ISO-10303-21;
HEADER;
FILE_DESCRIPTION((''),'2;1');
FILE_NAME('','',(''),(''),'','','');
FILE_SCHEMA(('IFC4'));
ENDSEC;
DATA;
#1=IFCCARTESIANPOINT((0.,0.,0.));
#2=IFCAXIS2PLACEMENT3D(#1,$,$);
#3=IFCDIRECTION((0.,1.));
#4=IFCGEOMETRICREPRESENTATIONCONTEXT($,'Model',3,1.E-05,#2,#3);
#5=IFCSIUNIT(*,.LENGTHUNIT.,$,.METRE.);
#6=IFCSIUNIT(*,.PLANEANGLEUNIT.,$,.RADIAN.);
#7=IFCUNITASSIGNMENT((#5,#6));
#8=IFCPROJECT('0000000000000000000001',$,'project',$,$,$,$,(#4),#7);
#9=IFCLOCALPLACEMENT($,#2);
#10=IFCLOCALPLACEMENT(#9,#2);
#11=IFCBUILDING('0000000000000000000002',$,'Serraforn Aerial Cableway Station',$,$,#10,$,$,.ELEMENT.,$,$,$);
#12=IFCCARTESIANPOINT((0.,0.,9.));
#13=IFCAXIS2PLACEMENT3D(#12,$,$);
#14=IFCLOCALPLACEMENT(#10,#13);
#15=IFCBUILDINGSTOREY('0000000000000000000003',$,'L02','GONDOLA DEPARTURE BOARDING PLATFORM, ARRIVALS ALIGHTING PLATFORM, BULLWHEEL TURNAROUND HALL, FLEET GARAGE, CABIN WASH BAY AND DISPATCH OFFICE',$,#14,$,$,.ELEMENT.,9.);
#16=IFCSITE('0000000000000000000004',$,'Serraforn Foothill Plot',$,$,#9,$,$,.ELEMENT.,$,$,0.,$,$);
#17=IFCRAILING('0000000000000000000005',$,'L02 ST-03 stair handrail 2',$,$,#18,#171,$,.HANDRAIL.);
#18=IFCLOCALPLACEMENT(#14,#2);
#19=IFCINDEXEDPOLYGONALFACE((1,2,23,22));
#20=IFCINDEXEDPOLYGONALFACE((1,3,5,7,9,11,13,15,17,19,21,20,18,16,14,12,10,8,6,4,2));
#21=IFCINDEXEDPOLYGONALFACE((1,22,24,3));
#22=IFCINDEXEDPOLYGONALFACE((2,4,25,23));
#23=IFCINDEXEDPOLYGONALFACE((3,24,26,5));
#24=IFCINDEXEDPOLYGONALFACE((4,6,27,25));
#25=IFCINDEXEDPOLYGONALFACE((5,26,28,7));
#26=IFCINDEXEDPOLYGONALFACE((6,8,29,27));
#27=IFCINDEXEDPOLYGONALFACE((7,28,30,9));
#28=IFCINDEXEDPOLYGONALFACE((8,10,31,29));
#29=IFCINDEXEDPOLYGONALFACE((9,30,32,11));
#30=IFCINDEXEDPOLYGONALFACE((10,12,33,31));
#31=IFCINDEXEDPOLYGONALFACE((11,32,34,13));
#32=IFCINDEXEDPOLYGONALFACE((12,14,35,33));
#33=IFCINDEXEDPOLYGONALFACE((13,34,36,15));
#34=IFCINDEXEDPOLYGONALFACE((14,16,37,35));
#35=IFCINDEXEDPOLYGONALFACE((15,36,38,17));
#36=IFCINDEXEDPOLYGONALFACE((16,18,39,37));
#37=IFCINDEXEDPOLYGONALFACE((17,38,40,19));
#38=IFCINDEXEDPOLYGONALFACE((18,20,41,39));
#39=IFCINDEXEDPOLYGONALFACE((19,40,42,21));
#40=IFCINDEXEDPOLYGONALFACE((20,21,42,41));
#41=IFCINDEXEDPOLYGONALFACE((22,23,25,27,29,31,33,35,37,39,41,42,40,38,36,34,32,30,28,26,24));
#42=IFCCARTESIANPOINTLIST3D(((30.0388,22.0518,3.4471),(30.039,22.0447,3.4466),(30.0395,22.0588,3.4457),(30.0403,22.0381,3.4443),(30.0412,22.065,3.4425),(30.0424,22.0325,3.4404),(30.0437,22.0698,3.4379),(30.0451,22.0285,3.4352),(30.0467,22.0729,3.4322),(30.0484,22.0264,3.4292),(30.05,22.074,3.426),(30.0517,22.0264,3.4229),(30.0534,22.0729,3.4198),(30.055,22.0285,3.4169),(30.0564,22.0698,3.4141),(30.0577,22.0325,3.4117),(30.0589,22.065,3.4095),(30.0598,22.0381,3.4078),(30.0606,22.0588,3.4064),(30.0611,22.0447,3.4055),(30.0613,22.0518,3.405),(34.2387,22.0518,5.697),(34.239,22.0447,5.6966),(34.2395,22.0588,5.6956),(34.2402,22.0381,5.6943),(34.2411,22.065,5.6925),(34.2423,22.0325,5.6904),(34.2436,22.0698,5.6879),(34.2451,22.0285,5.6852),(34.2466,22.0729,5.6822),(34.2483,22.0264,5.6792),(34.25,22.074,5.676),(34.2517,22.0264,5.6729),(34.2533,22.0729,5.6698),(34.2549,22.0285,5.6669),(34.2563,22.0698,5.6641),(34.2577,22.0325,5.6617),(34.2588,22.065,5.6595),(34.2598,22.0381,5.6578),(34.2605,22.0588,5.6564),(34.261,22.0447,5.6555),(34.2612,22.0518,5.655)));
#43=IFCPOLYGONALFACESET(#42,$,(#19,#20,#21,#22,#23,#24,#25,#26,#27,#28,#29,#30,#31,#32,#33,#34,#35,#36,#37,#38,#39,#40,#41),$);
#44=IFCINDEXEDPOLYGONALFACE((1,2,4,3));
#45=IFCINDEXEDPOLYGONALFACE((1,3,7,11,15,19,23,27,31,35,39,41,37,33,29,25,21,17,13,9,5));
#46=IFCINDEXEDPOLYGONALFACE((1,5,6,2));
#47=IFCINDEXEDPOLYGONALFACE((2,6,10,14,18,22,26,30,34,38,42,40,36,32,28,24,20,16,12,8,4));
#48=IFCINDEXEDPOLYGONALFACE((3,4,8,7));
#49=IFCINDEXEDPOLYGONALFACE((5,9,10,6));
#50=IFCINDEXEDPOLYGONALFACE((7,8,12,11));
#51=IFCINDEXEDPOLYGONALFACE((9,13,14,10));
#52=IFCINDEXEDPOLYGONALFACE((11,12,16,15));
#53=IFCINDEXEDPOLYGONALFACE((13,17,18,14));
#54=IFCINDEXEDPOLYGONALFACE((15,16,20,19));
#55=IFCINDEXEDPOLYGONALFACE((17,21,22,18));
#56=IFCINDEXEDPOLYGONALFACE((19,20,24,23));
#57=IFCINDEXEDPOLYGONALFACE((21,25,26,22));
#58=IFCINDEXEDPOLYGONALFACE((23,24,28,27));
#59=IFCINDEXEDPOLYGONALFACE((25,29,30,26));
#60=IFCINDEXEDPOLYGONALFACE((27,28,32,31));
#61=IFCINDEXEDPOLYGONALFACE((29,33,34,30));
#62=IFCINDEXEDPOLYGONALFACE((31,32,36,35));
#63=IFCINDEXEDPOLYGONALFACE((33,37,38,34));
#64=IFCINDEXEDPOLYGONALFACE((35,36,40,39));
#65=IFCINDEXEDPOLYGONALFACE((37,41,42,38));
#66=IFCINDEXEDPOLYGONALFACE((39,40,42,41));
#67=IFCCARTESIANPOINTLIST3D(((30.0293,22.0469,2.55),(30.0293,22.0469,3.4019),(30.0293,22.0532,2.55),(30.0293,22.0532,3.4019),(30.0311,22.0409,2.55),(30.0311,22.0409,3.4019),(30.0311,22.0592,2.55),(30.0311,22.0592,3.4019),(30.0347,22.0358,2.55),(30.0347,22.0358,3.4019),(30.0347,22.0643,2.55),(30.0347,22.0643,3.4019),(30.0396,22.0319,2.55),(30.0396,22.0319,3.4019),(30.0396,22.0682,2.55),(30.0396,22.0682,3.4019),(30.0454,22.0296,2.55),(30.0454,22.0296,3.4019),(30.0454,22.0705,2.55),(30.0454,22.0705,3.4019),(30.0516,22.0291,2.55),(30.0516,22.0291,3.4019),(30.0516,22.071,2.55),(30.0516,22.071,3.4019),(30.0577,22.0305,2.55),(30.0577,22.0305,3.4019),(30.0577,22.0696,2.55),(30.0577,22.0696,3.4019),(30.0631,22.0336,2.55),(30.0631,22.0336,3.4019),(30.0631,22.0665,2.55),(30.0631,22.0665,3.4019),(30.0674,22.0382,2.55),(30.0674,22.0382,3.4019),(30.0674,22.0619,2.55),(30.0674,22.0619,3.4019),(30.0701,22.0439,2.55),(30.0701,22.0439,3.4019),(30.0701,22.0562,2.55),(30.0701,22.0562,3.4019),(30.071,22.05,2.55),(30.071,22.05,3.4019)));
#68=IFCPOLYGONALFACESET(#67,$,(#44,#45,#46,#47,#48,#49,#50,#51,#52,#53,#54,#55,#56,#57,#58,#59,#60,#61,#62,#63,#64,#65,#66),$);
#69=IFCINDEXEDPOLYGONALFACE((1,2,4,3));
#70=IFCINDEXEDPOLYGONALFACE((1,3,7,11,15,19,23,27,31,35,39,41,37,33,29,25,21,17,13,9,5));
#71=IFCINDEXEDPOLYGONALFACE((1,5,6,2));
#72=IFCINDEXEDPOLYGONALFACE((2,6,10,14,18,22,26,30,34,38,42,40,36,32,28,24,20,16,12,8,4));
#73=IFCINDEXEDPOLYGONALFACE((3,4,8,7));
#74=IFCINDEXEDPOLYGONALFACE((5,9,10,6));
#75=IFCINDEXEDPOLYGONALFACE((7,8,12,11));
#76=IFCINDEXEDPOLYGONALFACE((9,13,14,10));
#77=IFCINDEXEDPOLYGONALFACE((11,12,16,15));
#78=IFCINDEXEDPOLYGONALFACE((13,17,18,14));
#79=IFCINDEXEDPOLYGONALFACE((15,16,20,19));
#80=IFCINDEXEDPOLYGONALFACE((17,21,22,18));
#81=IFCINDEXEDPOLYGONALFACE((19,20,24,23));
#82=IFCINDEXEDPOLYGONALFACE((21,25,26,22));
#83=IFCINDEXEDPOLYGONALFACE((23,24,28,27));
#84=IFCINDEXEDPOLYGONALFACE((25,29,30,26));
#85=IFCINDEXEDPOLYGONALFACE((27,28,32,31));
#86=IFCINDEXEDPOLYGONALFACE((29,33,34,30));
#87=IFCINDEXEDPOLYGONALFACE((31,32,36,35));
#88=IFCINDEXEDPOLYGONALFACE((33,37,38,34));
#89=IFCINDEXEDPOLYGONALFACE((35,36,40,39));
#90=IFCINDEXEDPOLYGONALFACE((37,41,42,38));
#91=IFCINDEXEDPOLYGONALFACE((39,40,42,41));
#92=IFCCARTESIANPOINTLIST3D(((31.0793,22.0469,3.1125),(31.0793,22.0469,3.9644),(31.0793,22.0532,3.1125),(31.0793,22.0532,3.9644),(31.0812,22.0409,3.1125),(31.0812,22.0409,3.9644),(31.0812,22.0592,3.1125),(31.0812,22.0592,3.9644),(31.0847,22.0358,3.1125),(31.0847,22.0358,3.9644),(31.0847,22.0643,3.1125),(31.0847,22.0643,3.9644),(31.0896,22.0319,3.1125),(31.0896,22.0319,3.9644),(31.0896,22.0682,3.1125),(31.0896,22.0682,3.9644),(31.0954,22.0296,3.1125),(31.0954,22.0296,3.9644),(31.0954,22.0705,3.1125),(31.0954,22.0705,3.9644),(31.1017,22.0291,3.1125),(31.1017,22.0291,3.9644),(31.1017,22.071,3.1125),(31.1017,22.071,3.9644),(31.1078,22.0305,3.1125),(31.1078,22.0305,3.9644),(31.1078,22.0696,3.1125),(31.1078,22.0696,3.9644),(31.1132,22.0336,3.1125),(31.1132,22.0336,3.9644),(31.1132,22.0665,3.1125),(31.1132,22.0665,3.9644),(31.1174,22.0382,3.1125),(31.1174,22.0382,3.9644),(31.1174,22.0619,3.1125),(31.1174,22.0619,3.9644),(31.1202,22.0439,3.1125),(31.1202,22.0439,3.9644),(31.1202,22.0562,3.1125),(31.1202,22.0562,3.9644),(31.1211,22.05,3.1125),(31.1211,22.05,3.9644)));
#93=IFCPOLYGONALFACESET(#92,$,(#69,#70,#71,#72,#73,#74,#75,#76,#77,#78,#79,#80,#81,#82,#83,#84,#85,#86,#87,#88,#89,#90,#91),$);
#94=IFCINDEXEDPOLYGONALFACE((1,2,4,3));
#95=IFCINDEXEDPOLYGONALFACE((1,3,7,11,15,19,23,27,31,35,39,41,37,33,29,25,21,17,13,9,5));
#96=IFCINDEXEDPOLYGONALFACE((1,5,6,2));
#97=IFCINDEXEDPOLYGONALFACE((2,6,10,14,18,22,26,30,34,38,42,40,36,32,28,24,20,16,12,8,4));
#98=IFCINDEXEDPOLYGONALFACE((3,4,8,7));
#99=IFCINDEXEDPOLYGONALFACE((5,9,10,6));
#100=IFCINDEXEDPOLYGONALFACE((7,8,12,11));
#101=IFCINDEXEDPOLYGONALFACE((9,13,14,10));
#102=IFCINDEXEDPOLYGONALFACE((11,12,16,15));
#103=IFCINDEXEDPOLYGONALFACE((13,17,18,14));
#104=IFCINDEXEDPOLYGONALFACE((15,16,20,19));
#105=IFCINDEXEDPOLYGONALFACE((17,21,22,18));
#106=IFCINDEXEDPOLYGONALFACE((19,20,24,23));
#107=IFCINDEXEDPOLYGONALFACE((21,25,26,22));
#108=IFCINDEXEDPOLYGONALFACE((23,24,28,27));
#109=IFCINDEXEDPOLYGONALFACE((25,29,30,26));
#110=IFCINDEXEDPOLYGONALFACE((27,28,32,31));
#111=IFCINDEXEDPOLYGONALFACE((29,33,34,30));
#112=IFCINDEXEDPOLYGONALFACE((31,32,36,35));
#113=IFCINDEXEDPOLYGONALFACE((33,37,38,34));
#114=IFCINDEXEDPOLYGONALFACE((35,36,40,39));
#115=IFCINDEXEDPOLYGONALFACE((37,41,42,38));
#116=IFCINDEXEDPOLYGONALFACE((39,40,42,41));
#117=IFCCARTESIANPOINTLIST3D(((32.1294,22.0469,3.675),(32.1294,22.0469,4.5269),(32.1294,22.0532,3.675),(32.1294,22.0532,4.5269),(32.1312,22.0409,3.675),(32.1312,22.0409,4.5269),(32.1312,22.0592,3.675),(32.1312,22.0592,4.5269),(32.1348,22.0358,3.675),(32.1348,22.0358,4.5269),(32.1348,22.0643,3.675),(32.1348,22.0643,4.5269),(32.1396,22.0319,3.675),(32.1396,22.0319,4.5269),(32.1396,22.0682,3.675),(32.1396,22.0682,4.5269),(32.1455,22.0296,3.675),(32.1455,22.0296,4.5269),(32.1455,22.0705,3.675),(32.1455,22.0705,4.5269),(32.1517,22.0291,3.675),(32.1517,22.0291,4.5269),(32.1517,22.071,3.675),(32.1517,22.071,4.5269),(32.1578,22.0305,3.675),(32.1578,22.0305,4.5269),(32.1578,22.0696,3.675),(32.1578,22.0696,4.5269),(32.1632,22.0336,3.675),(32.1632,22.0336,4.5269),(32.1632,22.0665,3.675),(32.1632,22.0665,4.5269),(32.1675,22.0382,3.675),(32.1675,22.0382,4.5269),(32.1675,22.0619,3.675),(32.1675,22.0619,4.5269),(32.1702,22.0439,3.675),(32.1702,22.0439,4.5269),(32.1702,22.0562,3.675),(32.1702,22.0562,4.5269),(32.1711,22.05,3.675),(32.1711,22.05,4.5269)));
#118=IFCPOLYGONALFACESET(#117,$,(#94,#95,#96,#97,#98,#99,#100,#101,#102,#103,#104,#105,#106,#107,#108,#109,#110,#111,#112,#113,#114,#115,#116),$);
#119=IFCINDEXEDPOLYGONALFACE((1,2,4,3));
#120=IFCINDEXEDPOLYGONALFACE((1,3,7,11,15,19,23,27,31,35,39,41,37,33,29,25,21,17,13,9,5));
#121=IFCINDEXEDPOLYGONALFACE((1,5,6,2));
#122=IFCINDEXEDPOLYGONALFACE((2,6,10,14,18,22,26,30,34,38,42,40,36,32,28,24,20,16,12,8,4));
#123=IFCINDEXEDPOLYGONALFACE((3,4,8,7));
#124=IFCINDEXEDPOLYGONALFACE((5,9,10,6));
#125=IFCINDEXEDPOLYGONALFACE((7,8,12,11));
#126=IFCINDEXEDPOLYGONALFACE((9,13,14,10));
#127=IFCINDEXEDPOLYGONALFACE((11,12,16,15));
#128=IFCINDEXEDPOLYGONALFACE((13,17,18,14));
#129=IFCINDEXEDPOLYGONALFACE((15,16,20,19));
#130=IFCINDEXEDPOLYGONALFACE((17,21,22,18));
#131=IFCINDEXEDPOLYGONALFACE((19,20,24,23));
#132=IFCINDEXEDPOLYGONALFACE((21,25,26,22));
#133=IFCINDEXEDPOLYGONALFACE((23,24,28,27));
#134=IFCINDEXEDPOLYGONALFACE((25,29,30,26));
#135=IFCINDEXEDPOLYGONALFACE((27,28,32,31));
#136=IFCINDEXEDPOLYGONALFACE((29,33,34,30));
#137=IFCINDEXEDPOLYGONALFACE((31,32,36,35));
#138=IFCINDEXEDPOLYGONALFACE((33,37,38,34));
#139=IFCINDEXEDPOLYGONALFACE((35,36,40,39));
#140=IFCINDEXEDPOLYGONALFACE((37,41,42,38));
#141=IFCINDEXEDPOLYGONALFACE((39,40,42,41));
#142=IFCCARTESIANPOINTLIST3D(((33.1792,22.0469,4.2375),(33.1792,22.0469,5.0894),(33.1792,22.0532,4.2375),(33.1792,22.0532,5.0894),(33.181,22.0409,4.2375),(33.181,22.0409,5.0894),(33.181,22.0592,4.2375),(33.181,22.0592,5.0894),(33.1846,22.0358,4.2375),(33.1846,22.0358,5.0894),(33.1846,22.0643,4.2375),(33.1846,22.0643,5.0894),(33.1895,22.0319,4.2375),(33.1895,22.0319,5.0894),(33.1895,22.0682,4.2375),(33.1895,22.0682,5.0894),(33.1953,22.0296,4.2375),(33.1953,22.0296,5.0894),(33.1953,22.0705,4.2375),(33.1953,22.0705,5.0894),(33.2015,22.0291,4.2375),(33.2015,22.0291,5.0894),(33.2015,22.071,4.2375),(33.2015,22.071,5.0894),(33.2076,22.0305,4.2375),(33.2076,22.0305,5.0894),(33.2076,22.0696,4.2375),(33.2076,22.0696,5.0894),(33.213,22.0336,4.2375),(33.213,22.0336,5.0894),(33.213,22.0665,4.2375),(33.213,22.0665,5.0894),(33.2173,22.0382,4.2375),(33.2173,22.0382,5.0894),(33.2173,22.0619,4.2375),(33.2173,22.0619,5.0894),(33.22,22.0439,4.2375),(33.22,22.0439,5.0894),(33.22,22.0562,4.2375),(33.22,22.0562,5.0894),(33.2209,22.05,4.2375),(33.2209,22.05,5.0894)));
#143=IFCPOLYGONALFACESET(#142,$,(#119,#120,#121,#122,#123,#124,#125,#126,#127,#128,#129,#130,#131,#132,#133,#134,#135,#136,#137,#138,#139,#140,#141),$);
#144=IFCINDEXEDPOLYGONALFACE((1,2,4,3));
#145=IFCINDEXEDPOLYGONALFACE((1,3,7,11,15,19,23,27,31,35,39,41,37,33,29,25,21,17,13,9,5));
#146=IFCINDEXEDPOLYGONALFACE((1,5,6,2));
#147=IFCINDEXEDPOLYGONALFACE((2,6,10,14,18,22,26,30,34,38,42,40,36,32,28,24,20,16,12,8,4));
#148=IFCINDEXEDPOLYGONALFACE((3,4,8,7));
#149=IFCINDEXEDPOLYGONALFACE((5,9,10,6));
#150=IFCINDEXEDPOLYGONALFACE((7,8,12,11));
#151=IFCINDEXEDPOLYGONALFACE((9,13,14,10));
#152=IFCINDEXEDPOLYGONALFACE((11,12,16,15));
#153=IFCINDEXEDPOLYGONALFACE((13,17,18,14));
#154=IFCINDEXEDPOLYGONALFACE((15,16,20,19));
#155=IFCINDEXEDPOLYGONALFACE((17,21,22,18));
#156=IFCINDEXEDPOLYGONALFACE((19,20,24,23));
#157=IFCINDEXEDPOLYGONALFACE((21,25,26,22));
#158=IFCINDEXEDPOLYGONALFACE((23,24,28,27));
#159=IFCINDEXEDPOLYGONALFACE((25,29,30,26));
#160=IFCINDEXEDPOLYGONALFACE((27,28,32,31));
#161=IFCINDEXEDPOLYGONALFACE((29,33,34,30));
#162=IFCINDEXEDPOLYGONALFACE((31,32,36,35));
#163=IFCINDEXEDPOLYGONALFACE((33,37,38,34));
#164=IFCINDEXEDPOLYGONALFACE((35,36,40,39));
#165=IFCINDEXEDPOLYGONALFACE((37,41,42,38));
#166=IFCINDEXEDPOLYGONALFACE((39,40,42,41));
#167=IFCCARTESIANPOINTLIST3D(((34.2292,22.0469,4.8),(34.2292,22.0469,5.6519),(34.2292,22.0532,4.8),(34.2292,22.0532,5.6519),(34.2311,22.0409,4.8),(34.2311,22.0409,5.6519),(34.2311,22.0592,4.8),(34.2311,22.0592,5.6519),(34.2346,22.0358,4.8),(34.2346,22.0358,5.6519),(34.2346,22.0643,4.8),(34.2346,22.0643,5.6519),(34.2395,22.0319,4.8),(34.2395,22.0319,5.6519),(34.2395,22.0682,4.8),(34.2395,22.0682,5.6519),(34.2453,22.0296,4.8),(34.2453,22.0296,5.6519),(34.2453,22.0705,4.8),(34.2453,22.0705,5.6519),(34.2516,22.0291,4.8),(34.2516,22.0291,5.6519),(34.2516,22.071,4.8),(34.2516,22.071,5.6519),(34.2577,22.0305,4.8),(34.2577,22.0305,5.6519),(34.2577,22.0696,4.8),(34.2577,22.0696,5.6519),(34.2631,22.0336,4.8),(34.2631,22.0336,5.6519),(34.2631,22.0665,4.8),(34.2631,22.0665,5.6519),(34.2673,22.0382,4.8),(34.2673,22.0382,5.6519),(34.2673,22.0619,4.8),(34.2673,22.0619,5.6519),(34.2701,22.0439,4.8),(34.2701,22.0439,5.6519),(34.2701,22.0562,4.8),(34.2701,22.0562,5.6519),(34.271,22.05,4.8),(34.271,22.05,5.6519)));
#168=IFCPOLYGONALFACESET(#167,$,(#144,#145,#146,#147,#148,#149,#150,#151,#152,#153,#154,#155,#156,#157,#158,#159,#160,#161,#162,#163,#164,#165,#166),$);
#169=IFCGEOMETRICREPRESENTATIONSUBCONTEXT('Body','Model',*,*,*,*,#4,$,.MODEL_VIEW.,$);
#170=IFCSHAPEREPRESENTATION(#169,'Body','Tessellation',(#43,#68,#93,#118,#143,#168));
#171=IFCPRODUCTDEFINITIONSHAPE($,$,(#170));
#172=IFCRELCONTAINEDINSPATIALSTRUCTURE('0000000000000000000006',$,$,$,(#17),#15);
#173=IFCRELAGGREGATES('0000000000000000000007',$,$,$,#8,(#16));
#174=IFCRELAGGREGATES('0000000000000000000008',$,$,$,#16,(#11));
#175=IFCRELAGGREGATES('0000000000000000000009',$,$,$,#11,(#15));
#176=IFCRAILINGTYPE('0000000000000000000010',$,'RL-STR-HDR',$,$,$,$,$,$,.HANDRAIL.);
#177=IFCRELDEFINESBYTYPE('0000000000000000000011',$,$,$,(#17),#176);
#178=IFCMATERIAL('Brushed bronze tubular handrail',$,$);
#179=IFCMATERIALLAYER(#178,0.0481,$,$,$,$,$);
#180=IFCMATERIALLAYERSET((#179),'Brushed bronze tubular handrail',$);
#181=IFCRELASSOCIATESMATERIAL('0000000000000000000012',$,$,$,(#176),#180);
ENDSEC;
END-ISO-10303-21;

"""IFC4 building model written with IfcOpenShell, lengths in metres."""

from ifc_helpers import new_model, si_unit, direction, frame, origin, origin_2d, place, context, subcontext, project, spatial, circle, extrude, material, layer, layer_set, type_object, element, save


model = new_model("IFC4")

# Units and contexts
model_context = context("Model", 3, precision=1e-05, world=origin(), true_north=direction((0.0, 1.0)))
body_context = subcontext(model_context, "Body", "Model", "MODEL_VIEW")
ifc_project = project(units=[si_unit("LENGTHUNIT", "METRE"), si_unit("PLANEANGLEUNIT", "RADIAN")], contexts=[model_context])

# Site, building, storey
site_placement = place(None, origin())
site = spatial("IfcSite", under=ifc_project, at=site_placement, Name="Serraforn Foothill Plot", CompositionType="ELEMENT", RefElevation=0.0)
building_placement = place(site_placement, origin())
building = spatial("IfcBuilding", under=site, at=building_placement, Name="Serraforn Aerial Cableway Station", CompositionType="ELEMENT")
storey_placement = place(building_placement, frame((0.0, 0.0, 9.0)))
storey = spatial("IfcBuildingStorey", under=building, at=storey_placement, Name="L02", Description="GONDOLA DEPARTURE BOARDING PLATFORM, ARRIVALS ALIGHTING PLATFORM, BULLWHEEL TURNAROUND HALL, FLEET GARAGE, CABIN WASH BAY AND DISPATCH OFFICE", CompositionType="ELEMENT", Elevation=9.0)

# Railing
ifc_material_1 = material(Name="Brushed bronze tubular handrail")
ifc_layer_1 = layer(ifc_material_1, 0.0481)
ifc_layer_set_1 = layer_set([ifc_layer_1], Name="Brushed bronze tubular handrail")
railing_type_1 = type_object("IfcRailingType", Name="RL-STR-HDR", PredefinedType="HANDRAIL", material=ifc_layer_set_1)
railing_1_placement = place(storey_placement, frame((30.05, 22.05, 2.55)))
element("IfcRailing", 1, at=railing_1_placement, inside=storey, type_object=railing_type_1, Name="L02 ST-03 stair handrail 2", PredefinedType="HANDRAIL", context=body_context, shape_type="SweptSolid", body=[
    extrude(circle(Radius=0.0239, at=origin_2d()), frame((0.0, 0.0, 0.876), z_axis=(0.881478, 0.0, 0.472226), x_axis=(0.0, 1.0, 0.0)), (0.0, 0.0, 1.0), 4.7646),
    extrude(circle(Radius=0.021, at=origin_2d()), origin(), (0.0, 0.0, 1.0), 0.8518),
    extrude(circle(Radius=0.021, at=origin_2d()), frame((1.05, 0.0, 0.5625)), (0.0, 0.0, 1.0), 0.8518),
    extrude(circle(Radius=0.021, at=origin_2d()), frame((2.1001, 0.0, 1.125)), (0.0, 0.0, 1.0), 0.8518),
    extrude(circle(Radius=0.021, at=origin_2d()), frame((3.1499, 0.0, 1.6875)), (0.0, 0.0, 1.0), 0.8518),
    extrude(circle(Radius=0.021, at=origin_2d()), frame((4.2, 0.0, 2.25)), (0.0, 0.0, 1.0), 0.8518),
])

save(model, "model.ifc")
